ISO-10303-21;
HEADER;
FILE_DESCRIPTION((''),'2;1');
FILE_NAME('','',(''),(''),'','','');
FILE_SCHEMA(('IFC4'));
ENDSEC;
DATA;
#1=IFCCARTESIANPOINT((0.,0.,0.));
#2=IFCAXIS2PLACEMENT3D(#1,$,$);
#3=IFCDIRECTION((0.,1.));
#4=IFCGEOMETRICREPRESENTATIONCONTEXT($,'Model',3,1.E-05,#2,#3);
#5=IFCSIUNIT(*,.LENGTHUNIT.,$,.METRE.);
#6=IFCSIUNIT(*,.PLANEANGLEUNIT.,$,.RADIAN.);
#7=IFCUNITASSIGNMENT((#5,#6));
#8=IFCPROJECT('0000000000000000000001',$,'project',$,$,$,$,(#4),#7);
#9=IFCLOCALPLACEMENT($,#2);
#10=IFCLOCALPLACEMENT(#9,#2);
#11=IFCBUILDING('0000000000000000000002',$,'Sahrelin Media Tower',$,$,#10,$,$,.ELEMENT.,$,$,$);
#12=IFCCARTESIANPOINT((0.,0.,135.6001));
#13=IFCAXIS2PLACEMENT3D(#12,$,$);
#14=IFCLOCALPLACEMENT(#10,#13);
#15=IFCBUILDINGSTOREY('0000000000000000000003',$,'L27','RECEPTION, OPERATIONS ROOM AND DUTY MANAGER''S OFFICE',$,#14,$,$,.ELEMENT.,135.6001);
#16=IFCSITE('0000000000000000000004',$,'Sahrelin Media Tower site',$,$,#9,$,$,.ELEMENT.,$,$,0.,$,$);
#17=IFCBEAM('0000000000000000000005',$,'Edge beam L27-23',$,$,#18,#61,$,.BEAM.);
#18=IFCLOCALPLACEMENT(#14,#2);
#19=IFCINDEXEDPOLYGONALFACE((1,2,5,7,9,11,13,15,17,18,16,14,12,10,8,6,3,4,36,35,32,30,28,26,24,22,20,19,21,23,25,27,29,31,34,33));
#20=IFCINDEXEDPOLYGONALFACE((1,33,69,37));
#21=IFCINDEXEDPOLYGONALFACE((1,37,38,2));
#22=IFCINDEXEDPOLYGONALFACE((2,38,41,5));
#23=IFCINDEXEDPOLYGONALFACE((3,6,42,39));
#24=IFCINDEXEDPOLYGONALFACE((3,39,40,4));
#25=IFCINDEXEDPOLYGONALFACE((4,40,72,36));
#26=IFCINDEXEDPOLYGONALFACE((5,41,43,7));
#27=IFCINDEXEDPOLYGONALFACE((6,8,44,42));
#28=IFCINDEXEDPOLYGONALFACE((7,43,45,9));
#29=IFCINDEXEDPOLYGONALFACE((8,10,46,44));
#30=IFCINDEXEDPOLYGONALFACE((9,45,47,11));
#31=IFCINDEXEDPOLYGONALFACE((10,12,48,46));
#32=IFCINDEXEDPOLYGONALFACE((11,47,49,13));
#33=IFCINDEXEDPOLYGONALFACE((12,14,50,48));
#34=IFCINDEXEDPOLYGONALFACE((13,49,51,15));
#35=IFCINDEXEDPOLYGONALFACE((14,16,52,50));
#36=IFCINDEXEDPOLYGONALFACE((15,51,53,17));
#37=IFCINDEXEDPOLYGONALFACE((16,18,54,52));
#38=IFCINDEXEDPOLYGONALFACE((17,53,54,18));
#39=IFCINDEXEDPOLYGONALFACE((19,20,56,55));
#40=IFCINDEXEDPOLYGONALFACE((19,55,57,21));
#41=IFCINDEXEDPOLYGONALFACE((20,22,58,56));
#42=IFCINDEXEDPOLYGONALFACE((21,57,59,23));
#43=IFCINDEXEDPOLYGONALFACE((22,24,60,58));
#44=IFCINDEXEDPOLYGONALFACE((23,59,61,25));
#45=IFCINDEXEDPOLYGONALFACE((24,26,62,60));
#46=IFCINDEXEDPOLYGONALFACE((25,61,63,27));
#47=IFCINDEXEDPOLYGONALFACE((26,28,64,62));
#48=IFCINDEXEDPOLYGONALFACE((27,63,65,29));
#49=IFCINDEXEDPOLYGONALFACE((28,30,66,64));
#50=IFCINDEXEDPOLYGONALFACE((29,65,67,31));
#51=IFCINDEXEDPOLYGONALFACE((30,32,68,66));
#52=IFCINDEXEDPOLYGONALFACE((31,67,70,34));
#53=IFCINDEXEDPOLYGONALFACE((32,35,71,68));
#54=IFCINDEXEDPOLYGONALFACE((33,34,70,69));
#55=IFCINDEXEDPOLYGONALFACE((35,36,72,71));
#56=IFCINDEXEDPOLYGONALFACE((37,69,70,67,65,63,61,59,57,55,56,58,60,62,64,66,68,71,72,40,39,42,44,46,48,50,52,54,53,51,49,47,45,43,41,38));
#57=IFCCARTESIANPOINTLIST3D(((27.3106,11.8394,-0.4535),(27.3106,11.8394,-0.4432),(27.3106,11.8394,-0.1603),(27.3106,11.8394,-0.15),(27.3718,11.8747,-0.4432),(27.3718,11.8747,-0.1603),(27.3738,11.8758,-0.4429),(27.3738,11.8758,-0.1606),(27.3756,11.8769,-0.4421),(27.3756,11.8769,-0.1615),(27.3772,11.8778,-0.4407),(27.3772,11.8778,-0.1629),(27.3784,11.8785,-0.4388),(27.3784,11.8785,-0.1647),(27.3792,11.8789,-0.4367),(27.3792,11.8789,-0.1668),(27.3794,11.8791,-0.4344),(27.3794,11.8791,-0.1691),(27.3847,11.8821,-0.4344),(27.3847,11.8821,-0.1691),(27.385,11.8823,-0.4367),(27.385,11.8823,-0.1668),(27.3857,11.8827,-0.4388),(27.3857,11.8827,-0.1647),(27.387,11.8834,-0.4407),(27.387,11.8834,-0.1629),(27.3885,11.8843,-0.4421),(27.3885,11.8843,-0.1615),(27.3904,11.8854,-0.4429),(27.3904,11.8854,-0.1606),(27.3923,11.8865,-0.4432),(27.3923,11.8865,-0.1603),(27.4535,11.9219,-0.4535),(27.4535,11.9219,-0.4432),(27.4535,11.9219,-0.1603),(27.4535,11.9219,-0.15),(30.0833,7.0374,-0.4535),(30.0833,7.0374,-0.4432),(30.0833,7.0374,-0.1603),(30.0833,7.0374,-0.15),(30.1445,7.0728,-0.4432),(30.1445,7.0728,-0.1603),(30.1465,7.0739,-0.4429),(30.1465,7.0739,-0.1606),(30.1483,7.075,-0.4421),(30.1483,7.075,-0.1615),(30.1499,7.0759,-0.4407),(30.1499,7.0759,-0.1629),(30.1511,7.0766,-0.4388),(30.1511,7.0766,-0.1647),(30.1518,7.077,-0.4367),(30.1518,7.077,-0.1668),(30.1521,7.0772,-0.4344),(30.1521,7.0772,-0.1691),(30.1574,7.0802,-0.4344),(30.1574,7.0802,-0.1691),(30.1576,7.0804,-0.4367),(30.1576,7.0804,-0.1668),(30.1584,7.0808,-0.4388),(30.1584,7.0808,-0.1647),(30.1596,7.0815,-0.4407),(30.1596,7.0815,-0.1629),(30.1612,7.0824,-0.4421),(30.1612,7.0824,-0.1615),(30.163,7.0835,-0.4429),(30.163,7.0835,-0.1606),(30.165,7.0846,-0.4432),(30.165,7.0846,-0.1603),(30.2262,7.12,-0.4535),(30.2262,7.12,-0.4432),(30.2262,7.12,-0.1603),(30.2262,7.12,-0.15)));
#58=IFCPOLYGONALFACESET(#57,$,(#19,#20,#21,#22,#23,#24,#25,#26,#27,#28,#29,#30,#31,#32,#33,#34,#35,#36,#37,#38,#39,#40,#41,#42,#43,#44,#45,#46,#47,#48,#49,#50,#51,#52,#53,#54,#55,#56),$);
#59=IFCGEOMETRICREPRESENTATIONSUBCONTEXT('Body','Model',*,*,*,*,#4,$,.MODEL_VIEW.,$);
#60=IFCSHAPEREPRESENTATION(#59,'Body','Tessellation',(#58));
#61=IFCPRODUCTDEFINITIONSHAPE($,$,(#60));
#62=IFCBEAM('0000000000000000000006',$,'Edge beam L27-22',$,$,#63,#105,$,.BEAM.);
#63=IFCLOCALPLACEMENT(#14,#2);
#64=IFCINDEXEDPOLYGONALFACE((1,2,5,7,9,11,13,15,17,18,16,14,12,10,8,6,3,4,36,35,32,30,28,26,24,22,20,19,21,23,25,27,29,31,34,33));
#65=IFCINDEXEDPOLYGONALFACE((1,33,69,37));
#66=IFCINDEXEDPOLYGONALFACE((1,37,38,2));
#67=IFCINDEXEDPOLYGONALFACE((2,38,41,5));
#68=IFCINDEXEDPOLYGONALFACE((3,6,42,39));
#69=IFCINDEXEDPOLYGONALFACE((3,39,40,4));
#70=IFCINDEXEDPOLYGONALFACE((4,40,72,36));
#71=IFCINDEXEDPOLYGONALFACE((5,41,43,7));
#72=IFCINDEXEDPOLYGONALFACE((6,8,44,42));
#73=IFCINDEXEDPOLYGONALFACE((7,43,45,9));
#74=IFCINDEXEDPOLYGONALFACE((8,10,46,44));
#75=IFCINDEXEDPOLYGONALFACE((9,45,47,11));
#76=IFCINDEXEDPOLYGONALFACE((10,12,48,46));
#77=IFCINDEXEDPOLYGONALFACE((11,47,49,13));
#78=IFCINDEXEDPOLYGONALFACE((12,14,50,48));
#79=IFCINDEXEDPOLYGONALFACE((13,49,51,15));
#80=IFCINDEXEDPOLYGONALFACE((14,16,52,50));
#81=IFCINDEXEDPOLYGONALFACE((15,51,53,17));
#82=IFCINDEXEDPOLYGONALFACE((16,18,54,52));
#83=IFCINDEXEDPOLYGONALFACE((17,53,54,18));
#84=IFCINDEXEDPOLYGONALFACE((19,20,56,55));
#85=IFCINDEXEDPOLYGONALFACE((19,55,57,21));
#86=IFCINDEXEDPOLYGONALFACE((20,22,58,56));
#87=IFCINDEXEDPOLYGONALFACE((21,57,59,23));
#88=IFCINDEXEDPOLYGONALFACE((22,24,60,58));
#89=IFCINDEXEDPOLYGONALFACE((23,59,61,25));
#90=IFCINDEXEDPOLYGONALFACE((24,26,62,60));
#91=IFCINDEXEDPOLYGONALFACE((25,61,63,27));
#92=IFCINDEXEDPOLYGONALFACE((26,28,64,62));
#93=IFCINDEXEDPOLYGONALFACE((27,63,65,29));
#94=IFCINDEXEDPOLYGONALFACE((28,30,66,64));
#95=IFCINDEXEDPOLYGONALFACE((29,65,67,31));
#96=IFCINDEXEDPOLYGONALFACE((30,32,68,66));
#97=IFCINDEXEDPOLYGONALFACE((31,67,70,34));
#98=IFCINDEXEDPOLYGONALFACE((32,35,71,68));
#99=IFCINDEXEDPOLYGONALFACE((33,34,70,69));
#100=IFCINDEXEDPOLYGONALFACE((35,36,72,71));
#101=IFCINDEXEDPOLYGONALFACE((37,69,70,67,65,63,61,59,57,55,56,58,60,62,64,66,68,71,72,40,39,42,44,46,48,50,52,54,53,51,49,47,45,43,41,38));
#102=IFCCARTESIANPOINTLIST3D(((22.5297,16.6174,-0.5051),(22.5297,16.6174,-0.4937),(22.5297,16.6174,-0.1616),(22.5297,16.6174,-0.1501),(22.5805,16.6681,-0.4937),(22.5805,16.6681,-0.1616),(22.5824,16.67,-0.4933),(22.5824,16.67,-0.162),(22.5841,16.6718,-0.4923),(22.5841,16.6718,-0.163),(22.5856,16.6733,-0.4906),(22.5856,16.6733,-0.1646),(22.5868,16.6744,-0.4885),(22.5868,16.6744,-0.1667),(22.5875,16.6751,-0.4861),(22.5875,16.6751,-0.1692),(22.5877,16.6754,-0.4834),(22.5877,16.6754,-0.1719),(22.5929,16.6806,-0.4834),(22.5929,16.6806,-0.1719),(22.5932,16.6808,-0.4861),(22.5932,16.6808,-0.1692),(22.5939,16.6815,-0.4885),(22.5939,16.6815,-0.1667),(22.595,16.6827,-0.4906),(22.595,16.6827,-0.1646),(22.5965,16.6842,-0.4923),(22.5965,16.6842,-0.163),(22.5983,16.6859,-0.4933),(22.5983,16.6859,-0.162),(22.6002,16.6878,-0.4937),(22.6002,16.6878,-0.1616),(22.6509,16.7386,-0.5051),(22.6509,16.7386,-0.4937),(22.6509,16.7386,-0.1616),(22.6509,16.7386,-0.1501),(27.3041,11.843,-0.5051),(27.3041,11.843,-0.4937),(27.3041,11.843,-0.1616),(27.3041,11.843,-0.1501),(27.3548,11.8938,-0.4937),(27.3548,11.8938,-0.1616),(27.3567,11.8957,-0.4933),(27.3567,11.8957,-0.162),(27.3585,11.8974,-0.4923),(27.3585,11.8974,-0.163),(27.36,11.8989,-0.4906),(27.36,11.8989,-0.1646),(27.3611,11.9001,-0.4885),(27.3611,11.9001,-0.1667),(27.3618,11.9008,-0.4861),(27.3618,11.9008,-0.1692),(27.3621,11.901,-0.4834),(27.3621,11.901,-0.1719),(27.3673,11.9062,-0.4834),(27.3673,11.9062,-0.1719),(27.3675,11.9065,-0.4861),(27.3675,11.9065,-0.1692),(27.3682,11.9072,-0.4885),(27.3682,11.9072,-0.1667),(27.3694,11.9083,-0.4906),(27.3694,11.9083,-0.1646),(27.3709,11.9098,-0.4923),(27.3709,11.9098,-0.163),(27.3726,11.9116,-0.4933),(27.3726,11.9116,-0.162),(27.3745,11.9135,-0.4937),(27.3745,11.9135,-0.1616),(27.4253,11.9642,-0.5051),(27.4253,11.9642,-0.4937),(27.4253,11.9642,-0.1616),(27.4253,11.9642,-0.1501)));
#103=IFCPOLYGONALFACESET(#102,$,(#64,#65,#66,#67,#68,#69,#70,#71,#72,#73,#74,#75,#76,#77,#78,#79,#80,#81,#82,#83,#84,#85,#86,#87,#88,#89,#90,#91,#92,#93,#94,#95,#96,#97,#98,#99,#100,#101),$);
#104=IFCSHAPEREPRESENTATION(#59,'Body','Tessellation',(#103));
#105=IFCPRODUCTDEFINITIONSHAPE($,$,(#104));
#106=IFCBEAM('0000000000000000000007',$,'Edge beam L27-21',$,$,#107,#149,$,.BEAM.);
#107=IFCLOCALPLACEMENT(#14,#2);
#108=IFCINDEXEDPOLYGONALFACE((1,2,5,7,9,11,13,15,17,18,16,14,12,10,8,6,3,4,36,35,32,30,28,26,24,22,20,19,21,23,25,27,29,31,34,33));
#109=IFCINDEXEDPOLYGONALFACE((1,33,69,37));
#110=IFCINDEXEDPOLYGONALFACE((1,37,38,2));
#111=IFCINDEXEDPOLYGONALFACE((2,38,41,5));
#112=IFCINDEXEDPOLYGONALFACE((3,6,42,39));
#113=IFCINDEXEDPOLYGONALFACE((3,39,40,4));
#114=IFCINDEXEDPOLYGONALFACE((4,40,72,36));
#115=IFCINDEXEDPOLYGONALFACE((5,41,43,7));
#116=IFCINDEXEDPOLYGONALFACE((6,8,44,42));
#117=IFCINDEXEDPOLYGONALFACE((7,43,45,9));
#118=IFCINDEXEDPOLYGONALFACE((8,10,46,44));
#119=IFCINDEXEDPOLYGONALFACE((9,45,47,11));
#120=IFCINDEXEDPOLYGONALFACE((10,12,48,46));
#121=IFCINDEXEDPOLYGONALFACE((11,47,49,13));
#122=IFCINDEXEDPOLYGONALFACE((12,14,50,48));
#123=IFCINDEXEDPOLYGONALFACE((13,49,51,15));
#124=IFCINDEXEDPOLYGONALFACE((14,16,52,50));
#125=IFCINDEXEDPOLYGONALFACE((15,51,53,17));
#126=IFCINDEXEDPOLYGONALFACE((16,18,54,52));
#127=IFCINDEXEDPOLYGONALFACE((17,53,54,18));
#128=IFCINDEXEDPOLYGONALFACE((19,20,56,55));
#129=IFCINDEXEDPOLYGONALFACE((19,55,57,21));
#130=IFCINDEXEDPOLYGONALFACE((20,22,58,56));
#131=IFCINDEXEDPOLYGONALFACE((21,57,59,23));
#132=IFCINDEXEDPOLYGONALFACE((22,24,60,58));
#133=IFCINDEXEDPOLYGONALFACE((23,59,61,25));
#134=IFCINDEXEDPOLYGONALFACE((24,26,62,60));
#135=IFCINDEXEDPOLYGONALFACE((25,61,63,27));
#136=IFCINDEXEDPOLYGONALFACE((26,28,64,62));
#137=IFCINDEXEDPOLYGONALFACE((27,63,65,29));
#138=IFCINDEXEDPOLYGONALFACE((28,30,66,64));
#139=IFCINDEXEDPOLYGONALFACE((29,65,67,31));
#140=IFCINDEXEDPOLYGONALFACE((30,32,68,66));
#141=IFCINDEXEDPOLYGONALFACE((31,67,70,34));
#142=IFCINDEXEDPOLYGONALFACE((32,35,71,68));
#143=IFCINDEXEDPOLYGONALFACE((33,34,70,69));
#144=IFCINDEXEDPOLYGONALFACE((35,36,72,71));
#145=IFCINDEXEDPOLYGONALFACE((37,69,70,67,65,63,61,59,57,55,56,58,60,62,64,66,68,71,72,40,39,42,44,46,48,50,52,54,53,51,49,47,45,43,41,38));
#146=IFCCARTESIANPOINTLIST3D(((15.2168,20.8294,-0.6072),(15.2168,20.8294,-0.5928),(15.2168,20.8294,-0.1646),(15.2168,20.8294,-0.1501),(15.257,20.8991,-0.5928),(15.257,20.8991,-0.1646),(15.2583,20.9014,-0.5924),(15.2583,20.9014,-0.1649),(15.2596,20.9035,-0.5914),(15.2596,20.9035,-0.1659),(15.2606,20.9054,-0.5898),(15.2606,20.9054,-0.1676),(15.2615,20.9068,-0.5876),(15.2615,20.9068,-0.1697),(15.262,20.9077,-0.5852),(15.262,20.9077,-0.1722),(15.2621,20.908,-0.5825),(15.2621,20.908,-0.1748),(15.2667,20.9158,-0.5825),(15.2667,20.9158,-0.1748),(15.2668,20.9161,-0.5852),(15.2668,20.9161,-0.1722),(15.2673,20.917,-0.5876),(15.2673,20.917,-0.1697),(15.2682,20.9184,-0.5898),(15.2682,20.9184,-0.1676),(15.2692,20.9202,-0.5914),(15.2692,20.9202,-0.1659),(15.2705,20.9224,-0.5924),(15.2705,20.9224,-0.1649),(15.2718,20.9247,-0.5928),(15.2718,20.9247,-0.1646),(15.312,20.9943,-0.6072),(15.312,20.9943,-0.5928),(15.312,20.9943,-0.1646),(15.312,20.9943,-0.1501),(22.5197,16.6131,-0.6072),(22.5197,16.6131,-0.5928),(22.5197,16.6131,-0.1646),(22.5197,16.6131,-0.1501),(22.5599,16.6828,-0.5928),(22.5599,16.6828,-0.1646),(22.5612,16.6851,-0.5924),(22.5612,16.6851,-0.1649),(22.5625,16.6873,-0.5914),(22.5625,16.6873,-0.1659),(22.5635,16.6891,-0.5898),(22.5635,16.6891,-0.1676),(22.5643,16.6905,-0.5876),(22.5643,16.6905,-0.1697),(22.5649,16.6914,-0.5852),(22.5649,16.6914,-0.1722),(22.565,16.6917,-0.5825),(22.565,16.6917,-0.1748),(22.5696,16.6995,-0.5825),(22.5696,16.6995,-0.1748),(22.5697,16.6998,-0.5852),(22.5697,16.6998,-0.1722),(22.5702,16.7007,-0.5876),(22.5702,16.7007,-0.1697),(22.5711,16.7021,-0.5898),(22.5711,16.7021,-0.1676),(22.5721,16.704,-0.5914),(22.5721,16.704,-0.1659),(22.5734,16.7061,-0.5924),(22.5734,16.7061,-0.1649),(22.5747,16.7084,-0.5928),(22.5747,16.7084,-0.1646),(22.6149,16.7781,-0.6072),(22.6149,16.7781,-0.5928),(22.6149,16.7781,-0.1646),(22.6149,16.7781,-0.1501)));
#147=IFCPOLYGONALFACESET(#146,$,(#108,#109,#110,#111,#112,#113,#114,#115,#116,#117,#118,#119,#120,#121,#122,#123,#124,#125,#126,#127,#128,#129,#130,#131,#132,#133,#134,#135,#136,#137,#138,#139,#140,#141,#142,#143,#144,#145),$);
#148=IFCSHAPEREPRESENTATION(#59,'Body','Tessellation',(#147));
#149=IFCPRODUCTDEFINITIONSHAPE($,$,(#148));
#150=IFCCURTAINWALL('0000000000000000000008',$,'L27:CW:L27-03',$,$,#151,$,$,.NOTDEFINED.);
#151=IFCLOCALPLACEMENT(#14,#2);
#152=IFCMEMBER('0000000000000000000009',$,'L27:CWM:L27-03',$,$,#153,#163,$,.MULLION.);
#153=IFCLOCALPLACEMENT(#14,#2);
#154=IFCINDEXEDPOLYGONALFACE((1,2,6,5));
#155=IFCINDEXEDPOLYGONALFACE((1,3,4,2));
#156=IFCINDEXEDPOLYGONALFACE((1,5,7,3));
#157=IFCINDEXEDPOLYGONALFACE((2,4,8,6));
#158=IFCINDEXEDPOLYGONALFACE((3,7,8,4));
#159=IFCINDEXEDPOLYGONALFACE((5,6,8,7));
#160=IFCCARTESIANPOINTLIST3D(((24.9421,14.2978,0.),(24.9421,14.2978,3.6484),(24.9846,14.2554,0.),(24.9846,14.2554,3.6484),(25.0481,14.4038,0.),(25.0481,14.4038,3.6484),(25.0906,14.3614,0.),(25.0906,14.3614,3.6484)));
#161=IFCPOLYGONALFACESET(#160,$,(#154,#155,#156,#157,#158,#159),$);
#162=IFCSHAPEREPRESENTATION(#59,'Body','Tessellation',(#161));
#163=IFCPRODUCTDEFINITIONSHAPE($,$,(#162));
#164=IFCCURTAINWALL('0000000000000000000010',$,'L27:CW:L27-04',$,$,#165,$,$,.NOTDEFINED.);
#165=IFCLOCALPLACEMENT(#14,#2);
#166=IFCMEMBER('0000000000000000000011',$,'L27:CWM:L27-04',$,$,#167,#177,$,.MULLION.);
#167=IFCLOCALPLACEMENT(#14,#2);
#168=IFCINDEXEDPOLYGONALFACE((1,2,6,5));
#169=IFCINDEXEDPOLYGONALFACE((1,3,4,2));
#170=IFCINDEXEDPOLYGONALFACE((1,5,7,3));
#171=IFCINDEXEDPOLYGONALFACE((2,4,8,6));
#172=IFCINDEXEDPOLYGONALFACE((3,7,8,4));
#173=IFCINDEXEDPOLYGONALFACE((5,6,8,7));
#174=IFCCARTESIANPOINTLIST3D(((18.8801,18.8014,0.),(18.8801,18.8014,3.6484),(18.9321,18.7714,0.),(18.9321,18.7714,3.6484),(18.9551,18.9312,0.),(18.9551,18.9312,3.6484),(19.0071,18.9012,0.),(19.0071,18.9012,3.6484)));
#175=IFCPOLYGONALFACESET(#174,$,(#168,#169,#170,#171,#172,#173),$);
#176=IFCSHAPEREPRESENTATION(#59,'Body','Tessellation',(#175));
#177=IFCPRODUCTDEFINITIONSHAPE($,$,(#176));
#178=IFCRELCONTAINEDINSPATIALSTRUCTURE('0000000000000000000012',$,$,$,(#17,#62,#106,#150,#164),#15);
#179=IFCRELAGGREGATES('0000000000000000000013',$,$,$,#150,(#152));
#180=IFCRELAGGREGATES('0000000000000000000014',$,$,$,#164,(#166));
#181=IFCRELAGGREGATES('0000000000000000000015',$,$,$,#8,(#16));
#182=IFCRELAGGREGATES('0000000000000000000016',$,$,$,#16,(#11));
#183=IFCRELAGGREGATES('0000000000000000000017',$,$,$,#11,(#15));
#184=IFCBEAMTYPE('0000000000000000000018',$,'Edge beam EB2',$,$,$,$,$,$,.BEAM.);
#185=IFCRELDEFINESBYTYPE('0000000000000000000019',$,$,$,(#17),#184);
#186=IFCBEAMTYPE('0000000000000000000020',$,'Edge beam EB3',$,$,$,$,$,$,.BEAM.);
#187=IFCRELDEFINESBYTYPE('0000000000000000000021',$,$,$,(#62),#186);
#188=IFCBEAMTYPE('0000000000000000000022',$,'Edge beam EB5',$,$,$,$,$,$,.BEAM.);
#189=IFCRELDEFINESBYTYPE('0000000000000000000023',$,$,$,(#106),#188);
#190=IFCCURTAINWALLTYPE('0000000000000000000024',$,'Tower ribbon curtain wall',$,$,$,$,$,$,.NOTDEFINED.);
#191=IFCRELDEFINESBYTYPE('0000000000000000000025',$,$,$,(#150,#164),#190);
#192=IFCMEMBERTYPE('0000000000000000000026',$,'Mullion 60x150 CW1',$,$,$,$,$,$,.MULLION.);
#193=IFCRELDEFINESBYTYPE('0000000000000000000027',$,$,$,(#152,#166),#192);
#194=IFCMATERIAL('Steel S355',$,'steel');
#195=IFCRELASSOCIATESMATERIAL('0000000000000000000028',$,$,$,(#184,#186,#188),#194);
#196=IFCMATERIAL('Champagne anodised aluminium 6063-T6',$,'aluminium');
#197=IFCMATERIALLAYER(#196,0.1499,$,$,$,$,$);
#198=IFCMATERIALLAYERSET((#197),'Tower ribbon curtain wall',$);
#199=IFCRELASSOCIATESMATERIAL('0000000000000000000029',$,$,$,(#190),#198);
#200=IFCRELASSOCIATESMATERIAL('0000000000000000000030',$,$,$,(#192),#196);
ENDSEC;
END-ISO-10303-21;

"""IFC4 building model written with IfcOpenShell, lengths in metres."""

from ifc_helpers import new_model, si_unit, direction, frame, origin, origin_2d, place, context, subcontext, project, spatial, rectangle, i_section, extrude, material, layer, layer_set, material_profile, profile_set, type_object, element, aggregate, save


model = new_model("IFC4")

# Units and contexts
model_context = context("Model", 3, precision=1e-05, world=origin(), true_north=direction((0.0, 1.0)))
body_context = subcontext(model_context, "Body", "Model", "MODEL_VIEW")
ifc_project = project(units=[si_unit("LENGTHUNIT", "METRE"), si_unit("PLANEANGLEUNIT", "RADIAN")], contexts=[model_context])

# Site, building, storey
site_placement = place(None, origin())
site = spatial("IfcSite", under=ifc_project, at=site_placement, Name="Sahrelin Media Tower site", CompositionType="ELEMENT", RefElevation=0.0)
building_placement = place(site_placement, origin())
building = spatial("IfcBuilding", under=site, at=building_placement, Name="Sahrelin Media Tower", CompositionType="ELEMENT")
storey_placement = place(building_placement, frame((0.0, 0.0, 135.6001)))
storey = spatial("IfcBuildingStorey", under=building, at=storey_placement, Name="L27", Description="RECEPTION, OPERATIONS ROOM AND DUTY MANAGER'S OFFICE", CompositionType="ELEMENT", Elevation=135.6001)

# Beams
ifc_material_1 = material(Name="Steel S355", Category="steel")
ifc_material_profile_1 = material_profile(ifc_material_1, i_section(OverallWidth=0.165, OverallDepth=0.3035, WebThickness=0.0061, FlangeThickness=0.0103, FilletRadius=0.0088, at=origin_2d()), Name="UB 305x165x40")
ifc_profile_set_1 = profile_set([ifc_material_profile_1], Name="Steel S355")
beam_type_1 = type_object("IfcBeamType", Name="Edge beam EB2", PredefinedType="BEAM", material=ifc_profile_set_1)
beam_1_placement = place(storey_placement, frame((27.3821, 11.8806, -0.3018), z_axis=(0.500036, -0.866004, 0.0), x_axis=(0.866004, 0.500036, 0.0)))
element("IfcBeam", 1, at=beam_1_placement, inside=storey, type_object=beam_type_1, Name="Edge beam L27-23", PredefinedType="BEAM", context=body_context, shape_type="SweptSolid", body=[
    extrude(i_section(OverallWidth=0.165, OverallDepth=0.3035, WebThickness=0.0061, FlangeThickness=0.0103, FilletRadius=0.0088, at=origin_2d()), origin(), (0.0, 0.0, 1.0), 5.5449),
])
ifc_material_profile_2 = material_profile(ifc_material_1, i_section(OverallWidth=0.1714, OverallDepth=0.355, WebThickness=0.0073, FlangeThickness=0.0115, FilletRadius=0.0103, at=origin_2d()), Name="UB 356x171x51")
ifc_profile_set_2 = profile_set([ifc_material_profile_2], Name="Steel S355")
beam_type_2 = type_object("IfcBeamType", Name="Edge beam EB3", PredefinedType="BEAM", material=ifc_profile_set_2)
beam_2_placement = place(storey_placement, frame((22.5903, 16.678, -0.3276), z_axis=(0.707107, -0.707107, 0.0), x_axis=(0.707107, 0.707107, 0.0)))
element("IfcBeam", 2, at=beam_2_placement, inside=storey, type_object=beam_type_2, Name="Edge beam L27-22", PredefinedType="BEAM", context=body_context, shape_type="SweptSolid", body=[
    extrude(i_section(OverallWidth=0.1714, OverallDepth=0.355, WebThickness=0.0073, FlangeThickness=0.0115, FilletRadius=0.0103, at=origin_2d()), origin(), (0.0, 0.0, 1.0), 6.752),
])
ifc_material_profile_3 = material_profile(ifc_material_1, i_section(OverallWidth=0.1904, OverallDepth=0.457, WebThickness=0.009, FlangeThickness=0.0144, FilletRadius=0.0103, at=origin_2d()), Name="UB 457x191x74")
ifc_profile_set_3 = profile_set([ifc_material_profile_3], Name="Steel S355")
beam_type_3 = type_object("IfcBeamType", Name="Edge beam EB5", PredefinedType="BEAM", material=ifc_profile_set_3)
beam_3_placement = place(storey_placement, frame((15.2644, 20.9119, -0.3787), z_axis=(0.866029, -0.499994, 0.0), x_axis=(0.499994, 0.866029, 0.0)))
element("IfcBeam", 3, at=beam_3_placement, inside=storey, type_object=beam_type_3, Name="Edge beam L27-21", PredefinedType="BEAM", context=body_context, shape_type="SweptSolid", body=[
    extrude(i_section(OverallWidth=0.1904, OverallDepth=0.457, WebThickness=0.009, FlangeThickness=0.0144, FilletRadius=0.0103, at=origin_2d()), origin(), (0.0, 0.0, 1.0), 8.4326),
])

# Curtain walls, members
ifc_material_2 = material(Name="Champagne anodised aluminium 6063-T6", Category="aluminium")
ifc_layer_1 = layer(ifc_material_2, 0.1499)
ifc_layer_set_1 = layer_set([ifc_layer_1], Name="Tower ribbon curtain wall")
curtain_wall_type = type_object("IfcCurtainWallType", Name="Tower ribbon curtain wall", PredefinedType="NOTDEFINED", material=ifc_layer_set_1)
curtain_wall_1_placement = place(storey_placement, frame((25.0835, 14.397, 0.0), z_axis=(0.0, 0.0, 1.0), x_axis=(1.0, 0.0, 0.0)))
curtain_wall_1 = element("IfcCurtainWall", 4, at=curtain_wall_1_placement, inside=storey, type_object=curtain_wall_type, Name="L27:CW:L27-03", PredefinedType="NOTDEFINED")
ifc_material_profile_4 = material_profile(ifc_material_2, rectangle(XDim=0.0601, YDim=0.1499, at=origin_2d()), Name="Mullion 60x150")
ifc_profile_set_4 = profile_set([ifc_material_profile_4], Name="Champagne anodised aluminium 6063-T6")
member_type_1 = type_object("IfcMemberType", Name="Mullion 60x150 CW1", PredefinedType="MULLION", material=ifc_profile_set_4)
member_1_placement = place(storey_placement, frame((25.0164, 14.3296, 0.0), z_axis=(0.0, 0.0, 1.0), x_axis=(-0.707107, 0.707107, 0.0)))
member_1 = element("IfcMember", 5, at=member_1_placement, type_object=member_type_1, Name="L27:CWM:L27-03", PredefinedType="MULLION", context=body_context, shape_type="SweptSolid", body=[
    extrude(rectangle(XDim=0.0601, YDim=0.1499, at=origin_2d()), origin(), (0.0, 0.0, 1.0), 3.6484),
])
curtain_wall_2_placement = place(storey_placement, frame((18.991, 18.9336, 0.0), z_axis=(0.0, 0.0, 1.0), x_axis=(1.0, 0.0, 0.0)))
curtain_wall_2 = element("IfcCurtainWall", 6, at=curtain_wall_2_placement, inside=storey, type_object=curtain_wall_type, Name="L27:CW:L27-04", PredefinedType="NOTDEFINED")
member_2_placement = place(storey_placement, frame((18.9436, 18.8513, 0.0), z_axis=(0.0, 0.0, 1.0), x_axis=(-0.866027, 0.499997, 0.0)))
member_2 = element("IfcMember", 7, at=member_2_placement, type_object=member_type_1, Name="L27:CWM:L27-04", PredefinedType="MULLION", context=body_context, shape_type="SweptSolid", body=[
    extrude(rectangle(XDim=0.0601, YDim=0.1499, at=origin_2d()), origin(), (0.0, 0.0, 1.0), 3.6484),
])

aggregate(curtain_wall_1, [member_1])
aggregate(curtain_wall_2, [member_2])

save(model, "model.ifc")
